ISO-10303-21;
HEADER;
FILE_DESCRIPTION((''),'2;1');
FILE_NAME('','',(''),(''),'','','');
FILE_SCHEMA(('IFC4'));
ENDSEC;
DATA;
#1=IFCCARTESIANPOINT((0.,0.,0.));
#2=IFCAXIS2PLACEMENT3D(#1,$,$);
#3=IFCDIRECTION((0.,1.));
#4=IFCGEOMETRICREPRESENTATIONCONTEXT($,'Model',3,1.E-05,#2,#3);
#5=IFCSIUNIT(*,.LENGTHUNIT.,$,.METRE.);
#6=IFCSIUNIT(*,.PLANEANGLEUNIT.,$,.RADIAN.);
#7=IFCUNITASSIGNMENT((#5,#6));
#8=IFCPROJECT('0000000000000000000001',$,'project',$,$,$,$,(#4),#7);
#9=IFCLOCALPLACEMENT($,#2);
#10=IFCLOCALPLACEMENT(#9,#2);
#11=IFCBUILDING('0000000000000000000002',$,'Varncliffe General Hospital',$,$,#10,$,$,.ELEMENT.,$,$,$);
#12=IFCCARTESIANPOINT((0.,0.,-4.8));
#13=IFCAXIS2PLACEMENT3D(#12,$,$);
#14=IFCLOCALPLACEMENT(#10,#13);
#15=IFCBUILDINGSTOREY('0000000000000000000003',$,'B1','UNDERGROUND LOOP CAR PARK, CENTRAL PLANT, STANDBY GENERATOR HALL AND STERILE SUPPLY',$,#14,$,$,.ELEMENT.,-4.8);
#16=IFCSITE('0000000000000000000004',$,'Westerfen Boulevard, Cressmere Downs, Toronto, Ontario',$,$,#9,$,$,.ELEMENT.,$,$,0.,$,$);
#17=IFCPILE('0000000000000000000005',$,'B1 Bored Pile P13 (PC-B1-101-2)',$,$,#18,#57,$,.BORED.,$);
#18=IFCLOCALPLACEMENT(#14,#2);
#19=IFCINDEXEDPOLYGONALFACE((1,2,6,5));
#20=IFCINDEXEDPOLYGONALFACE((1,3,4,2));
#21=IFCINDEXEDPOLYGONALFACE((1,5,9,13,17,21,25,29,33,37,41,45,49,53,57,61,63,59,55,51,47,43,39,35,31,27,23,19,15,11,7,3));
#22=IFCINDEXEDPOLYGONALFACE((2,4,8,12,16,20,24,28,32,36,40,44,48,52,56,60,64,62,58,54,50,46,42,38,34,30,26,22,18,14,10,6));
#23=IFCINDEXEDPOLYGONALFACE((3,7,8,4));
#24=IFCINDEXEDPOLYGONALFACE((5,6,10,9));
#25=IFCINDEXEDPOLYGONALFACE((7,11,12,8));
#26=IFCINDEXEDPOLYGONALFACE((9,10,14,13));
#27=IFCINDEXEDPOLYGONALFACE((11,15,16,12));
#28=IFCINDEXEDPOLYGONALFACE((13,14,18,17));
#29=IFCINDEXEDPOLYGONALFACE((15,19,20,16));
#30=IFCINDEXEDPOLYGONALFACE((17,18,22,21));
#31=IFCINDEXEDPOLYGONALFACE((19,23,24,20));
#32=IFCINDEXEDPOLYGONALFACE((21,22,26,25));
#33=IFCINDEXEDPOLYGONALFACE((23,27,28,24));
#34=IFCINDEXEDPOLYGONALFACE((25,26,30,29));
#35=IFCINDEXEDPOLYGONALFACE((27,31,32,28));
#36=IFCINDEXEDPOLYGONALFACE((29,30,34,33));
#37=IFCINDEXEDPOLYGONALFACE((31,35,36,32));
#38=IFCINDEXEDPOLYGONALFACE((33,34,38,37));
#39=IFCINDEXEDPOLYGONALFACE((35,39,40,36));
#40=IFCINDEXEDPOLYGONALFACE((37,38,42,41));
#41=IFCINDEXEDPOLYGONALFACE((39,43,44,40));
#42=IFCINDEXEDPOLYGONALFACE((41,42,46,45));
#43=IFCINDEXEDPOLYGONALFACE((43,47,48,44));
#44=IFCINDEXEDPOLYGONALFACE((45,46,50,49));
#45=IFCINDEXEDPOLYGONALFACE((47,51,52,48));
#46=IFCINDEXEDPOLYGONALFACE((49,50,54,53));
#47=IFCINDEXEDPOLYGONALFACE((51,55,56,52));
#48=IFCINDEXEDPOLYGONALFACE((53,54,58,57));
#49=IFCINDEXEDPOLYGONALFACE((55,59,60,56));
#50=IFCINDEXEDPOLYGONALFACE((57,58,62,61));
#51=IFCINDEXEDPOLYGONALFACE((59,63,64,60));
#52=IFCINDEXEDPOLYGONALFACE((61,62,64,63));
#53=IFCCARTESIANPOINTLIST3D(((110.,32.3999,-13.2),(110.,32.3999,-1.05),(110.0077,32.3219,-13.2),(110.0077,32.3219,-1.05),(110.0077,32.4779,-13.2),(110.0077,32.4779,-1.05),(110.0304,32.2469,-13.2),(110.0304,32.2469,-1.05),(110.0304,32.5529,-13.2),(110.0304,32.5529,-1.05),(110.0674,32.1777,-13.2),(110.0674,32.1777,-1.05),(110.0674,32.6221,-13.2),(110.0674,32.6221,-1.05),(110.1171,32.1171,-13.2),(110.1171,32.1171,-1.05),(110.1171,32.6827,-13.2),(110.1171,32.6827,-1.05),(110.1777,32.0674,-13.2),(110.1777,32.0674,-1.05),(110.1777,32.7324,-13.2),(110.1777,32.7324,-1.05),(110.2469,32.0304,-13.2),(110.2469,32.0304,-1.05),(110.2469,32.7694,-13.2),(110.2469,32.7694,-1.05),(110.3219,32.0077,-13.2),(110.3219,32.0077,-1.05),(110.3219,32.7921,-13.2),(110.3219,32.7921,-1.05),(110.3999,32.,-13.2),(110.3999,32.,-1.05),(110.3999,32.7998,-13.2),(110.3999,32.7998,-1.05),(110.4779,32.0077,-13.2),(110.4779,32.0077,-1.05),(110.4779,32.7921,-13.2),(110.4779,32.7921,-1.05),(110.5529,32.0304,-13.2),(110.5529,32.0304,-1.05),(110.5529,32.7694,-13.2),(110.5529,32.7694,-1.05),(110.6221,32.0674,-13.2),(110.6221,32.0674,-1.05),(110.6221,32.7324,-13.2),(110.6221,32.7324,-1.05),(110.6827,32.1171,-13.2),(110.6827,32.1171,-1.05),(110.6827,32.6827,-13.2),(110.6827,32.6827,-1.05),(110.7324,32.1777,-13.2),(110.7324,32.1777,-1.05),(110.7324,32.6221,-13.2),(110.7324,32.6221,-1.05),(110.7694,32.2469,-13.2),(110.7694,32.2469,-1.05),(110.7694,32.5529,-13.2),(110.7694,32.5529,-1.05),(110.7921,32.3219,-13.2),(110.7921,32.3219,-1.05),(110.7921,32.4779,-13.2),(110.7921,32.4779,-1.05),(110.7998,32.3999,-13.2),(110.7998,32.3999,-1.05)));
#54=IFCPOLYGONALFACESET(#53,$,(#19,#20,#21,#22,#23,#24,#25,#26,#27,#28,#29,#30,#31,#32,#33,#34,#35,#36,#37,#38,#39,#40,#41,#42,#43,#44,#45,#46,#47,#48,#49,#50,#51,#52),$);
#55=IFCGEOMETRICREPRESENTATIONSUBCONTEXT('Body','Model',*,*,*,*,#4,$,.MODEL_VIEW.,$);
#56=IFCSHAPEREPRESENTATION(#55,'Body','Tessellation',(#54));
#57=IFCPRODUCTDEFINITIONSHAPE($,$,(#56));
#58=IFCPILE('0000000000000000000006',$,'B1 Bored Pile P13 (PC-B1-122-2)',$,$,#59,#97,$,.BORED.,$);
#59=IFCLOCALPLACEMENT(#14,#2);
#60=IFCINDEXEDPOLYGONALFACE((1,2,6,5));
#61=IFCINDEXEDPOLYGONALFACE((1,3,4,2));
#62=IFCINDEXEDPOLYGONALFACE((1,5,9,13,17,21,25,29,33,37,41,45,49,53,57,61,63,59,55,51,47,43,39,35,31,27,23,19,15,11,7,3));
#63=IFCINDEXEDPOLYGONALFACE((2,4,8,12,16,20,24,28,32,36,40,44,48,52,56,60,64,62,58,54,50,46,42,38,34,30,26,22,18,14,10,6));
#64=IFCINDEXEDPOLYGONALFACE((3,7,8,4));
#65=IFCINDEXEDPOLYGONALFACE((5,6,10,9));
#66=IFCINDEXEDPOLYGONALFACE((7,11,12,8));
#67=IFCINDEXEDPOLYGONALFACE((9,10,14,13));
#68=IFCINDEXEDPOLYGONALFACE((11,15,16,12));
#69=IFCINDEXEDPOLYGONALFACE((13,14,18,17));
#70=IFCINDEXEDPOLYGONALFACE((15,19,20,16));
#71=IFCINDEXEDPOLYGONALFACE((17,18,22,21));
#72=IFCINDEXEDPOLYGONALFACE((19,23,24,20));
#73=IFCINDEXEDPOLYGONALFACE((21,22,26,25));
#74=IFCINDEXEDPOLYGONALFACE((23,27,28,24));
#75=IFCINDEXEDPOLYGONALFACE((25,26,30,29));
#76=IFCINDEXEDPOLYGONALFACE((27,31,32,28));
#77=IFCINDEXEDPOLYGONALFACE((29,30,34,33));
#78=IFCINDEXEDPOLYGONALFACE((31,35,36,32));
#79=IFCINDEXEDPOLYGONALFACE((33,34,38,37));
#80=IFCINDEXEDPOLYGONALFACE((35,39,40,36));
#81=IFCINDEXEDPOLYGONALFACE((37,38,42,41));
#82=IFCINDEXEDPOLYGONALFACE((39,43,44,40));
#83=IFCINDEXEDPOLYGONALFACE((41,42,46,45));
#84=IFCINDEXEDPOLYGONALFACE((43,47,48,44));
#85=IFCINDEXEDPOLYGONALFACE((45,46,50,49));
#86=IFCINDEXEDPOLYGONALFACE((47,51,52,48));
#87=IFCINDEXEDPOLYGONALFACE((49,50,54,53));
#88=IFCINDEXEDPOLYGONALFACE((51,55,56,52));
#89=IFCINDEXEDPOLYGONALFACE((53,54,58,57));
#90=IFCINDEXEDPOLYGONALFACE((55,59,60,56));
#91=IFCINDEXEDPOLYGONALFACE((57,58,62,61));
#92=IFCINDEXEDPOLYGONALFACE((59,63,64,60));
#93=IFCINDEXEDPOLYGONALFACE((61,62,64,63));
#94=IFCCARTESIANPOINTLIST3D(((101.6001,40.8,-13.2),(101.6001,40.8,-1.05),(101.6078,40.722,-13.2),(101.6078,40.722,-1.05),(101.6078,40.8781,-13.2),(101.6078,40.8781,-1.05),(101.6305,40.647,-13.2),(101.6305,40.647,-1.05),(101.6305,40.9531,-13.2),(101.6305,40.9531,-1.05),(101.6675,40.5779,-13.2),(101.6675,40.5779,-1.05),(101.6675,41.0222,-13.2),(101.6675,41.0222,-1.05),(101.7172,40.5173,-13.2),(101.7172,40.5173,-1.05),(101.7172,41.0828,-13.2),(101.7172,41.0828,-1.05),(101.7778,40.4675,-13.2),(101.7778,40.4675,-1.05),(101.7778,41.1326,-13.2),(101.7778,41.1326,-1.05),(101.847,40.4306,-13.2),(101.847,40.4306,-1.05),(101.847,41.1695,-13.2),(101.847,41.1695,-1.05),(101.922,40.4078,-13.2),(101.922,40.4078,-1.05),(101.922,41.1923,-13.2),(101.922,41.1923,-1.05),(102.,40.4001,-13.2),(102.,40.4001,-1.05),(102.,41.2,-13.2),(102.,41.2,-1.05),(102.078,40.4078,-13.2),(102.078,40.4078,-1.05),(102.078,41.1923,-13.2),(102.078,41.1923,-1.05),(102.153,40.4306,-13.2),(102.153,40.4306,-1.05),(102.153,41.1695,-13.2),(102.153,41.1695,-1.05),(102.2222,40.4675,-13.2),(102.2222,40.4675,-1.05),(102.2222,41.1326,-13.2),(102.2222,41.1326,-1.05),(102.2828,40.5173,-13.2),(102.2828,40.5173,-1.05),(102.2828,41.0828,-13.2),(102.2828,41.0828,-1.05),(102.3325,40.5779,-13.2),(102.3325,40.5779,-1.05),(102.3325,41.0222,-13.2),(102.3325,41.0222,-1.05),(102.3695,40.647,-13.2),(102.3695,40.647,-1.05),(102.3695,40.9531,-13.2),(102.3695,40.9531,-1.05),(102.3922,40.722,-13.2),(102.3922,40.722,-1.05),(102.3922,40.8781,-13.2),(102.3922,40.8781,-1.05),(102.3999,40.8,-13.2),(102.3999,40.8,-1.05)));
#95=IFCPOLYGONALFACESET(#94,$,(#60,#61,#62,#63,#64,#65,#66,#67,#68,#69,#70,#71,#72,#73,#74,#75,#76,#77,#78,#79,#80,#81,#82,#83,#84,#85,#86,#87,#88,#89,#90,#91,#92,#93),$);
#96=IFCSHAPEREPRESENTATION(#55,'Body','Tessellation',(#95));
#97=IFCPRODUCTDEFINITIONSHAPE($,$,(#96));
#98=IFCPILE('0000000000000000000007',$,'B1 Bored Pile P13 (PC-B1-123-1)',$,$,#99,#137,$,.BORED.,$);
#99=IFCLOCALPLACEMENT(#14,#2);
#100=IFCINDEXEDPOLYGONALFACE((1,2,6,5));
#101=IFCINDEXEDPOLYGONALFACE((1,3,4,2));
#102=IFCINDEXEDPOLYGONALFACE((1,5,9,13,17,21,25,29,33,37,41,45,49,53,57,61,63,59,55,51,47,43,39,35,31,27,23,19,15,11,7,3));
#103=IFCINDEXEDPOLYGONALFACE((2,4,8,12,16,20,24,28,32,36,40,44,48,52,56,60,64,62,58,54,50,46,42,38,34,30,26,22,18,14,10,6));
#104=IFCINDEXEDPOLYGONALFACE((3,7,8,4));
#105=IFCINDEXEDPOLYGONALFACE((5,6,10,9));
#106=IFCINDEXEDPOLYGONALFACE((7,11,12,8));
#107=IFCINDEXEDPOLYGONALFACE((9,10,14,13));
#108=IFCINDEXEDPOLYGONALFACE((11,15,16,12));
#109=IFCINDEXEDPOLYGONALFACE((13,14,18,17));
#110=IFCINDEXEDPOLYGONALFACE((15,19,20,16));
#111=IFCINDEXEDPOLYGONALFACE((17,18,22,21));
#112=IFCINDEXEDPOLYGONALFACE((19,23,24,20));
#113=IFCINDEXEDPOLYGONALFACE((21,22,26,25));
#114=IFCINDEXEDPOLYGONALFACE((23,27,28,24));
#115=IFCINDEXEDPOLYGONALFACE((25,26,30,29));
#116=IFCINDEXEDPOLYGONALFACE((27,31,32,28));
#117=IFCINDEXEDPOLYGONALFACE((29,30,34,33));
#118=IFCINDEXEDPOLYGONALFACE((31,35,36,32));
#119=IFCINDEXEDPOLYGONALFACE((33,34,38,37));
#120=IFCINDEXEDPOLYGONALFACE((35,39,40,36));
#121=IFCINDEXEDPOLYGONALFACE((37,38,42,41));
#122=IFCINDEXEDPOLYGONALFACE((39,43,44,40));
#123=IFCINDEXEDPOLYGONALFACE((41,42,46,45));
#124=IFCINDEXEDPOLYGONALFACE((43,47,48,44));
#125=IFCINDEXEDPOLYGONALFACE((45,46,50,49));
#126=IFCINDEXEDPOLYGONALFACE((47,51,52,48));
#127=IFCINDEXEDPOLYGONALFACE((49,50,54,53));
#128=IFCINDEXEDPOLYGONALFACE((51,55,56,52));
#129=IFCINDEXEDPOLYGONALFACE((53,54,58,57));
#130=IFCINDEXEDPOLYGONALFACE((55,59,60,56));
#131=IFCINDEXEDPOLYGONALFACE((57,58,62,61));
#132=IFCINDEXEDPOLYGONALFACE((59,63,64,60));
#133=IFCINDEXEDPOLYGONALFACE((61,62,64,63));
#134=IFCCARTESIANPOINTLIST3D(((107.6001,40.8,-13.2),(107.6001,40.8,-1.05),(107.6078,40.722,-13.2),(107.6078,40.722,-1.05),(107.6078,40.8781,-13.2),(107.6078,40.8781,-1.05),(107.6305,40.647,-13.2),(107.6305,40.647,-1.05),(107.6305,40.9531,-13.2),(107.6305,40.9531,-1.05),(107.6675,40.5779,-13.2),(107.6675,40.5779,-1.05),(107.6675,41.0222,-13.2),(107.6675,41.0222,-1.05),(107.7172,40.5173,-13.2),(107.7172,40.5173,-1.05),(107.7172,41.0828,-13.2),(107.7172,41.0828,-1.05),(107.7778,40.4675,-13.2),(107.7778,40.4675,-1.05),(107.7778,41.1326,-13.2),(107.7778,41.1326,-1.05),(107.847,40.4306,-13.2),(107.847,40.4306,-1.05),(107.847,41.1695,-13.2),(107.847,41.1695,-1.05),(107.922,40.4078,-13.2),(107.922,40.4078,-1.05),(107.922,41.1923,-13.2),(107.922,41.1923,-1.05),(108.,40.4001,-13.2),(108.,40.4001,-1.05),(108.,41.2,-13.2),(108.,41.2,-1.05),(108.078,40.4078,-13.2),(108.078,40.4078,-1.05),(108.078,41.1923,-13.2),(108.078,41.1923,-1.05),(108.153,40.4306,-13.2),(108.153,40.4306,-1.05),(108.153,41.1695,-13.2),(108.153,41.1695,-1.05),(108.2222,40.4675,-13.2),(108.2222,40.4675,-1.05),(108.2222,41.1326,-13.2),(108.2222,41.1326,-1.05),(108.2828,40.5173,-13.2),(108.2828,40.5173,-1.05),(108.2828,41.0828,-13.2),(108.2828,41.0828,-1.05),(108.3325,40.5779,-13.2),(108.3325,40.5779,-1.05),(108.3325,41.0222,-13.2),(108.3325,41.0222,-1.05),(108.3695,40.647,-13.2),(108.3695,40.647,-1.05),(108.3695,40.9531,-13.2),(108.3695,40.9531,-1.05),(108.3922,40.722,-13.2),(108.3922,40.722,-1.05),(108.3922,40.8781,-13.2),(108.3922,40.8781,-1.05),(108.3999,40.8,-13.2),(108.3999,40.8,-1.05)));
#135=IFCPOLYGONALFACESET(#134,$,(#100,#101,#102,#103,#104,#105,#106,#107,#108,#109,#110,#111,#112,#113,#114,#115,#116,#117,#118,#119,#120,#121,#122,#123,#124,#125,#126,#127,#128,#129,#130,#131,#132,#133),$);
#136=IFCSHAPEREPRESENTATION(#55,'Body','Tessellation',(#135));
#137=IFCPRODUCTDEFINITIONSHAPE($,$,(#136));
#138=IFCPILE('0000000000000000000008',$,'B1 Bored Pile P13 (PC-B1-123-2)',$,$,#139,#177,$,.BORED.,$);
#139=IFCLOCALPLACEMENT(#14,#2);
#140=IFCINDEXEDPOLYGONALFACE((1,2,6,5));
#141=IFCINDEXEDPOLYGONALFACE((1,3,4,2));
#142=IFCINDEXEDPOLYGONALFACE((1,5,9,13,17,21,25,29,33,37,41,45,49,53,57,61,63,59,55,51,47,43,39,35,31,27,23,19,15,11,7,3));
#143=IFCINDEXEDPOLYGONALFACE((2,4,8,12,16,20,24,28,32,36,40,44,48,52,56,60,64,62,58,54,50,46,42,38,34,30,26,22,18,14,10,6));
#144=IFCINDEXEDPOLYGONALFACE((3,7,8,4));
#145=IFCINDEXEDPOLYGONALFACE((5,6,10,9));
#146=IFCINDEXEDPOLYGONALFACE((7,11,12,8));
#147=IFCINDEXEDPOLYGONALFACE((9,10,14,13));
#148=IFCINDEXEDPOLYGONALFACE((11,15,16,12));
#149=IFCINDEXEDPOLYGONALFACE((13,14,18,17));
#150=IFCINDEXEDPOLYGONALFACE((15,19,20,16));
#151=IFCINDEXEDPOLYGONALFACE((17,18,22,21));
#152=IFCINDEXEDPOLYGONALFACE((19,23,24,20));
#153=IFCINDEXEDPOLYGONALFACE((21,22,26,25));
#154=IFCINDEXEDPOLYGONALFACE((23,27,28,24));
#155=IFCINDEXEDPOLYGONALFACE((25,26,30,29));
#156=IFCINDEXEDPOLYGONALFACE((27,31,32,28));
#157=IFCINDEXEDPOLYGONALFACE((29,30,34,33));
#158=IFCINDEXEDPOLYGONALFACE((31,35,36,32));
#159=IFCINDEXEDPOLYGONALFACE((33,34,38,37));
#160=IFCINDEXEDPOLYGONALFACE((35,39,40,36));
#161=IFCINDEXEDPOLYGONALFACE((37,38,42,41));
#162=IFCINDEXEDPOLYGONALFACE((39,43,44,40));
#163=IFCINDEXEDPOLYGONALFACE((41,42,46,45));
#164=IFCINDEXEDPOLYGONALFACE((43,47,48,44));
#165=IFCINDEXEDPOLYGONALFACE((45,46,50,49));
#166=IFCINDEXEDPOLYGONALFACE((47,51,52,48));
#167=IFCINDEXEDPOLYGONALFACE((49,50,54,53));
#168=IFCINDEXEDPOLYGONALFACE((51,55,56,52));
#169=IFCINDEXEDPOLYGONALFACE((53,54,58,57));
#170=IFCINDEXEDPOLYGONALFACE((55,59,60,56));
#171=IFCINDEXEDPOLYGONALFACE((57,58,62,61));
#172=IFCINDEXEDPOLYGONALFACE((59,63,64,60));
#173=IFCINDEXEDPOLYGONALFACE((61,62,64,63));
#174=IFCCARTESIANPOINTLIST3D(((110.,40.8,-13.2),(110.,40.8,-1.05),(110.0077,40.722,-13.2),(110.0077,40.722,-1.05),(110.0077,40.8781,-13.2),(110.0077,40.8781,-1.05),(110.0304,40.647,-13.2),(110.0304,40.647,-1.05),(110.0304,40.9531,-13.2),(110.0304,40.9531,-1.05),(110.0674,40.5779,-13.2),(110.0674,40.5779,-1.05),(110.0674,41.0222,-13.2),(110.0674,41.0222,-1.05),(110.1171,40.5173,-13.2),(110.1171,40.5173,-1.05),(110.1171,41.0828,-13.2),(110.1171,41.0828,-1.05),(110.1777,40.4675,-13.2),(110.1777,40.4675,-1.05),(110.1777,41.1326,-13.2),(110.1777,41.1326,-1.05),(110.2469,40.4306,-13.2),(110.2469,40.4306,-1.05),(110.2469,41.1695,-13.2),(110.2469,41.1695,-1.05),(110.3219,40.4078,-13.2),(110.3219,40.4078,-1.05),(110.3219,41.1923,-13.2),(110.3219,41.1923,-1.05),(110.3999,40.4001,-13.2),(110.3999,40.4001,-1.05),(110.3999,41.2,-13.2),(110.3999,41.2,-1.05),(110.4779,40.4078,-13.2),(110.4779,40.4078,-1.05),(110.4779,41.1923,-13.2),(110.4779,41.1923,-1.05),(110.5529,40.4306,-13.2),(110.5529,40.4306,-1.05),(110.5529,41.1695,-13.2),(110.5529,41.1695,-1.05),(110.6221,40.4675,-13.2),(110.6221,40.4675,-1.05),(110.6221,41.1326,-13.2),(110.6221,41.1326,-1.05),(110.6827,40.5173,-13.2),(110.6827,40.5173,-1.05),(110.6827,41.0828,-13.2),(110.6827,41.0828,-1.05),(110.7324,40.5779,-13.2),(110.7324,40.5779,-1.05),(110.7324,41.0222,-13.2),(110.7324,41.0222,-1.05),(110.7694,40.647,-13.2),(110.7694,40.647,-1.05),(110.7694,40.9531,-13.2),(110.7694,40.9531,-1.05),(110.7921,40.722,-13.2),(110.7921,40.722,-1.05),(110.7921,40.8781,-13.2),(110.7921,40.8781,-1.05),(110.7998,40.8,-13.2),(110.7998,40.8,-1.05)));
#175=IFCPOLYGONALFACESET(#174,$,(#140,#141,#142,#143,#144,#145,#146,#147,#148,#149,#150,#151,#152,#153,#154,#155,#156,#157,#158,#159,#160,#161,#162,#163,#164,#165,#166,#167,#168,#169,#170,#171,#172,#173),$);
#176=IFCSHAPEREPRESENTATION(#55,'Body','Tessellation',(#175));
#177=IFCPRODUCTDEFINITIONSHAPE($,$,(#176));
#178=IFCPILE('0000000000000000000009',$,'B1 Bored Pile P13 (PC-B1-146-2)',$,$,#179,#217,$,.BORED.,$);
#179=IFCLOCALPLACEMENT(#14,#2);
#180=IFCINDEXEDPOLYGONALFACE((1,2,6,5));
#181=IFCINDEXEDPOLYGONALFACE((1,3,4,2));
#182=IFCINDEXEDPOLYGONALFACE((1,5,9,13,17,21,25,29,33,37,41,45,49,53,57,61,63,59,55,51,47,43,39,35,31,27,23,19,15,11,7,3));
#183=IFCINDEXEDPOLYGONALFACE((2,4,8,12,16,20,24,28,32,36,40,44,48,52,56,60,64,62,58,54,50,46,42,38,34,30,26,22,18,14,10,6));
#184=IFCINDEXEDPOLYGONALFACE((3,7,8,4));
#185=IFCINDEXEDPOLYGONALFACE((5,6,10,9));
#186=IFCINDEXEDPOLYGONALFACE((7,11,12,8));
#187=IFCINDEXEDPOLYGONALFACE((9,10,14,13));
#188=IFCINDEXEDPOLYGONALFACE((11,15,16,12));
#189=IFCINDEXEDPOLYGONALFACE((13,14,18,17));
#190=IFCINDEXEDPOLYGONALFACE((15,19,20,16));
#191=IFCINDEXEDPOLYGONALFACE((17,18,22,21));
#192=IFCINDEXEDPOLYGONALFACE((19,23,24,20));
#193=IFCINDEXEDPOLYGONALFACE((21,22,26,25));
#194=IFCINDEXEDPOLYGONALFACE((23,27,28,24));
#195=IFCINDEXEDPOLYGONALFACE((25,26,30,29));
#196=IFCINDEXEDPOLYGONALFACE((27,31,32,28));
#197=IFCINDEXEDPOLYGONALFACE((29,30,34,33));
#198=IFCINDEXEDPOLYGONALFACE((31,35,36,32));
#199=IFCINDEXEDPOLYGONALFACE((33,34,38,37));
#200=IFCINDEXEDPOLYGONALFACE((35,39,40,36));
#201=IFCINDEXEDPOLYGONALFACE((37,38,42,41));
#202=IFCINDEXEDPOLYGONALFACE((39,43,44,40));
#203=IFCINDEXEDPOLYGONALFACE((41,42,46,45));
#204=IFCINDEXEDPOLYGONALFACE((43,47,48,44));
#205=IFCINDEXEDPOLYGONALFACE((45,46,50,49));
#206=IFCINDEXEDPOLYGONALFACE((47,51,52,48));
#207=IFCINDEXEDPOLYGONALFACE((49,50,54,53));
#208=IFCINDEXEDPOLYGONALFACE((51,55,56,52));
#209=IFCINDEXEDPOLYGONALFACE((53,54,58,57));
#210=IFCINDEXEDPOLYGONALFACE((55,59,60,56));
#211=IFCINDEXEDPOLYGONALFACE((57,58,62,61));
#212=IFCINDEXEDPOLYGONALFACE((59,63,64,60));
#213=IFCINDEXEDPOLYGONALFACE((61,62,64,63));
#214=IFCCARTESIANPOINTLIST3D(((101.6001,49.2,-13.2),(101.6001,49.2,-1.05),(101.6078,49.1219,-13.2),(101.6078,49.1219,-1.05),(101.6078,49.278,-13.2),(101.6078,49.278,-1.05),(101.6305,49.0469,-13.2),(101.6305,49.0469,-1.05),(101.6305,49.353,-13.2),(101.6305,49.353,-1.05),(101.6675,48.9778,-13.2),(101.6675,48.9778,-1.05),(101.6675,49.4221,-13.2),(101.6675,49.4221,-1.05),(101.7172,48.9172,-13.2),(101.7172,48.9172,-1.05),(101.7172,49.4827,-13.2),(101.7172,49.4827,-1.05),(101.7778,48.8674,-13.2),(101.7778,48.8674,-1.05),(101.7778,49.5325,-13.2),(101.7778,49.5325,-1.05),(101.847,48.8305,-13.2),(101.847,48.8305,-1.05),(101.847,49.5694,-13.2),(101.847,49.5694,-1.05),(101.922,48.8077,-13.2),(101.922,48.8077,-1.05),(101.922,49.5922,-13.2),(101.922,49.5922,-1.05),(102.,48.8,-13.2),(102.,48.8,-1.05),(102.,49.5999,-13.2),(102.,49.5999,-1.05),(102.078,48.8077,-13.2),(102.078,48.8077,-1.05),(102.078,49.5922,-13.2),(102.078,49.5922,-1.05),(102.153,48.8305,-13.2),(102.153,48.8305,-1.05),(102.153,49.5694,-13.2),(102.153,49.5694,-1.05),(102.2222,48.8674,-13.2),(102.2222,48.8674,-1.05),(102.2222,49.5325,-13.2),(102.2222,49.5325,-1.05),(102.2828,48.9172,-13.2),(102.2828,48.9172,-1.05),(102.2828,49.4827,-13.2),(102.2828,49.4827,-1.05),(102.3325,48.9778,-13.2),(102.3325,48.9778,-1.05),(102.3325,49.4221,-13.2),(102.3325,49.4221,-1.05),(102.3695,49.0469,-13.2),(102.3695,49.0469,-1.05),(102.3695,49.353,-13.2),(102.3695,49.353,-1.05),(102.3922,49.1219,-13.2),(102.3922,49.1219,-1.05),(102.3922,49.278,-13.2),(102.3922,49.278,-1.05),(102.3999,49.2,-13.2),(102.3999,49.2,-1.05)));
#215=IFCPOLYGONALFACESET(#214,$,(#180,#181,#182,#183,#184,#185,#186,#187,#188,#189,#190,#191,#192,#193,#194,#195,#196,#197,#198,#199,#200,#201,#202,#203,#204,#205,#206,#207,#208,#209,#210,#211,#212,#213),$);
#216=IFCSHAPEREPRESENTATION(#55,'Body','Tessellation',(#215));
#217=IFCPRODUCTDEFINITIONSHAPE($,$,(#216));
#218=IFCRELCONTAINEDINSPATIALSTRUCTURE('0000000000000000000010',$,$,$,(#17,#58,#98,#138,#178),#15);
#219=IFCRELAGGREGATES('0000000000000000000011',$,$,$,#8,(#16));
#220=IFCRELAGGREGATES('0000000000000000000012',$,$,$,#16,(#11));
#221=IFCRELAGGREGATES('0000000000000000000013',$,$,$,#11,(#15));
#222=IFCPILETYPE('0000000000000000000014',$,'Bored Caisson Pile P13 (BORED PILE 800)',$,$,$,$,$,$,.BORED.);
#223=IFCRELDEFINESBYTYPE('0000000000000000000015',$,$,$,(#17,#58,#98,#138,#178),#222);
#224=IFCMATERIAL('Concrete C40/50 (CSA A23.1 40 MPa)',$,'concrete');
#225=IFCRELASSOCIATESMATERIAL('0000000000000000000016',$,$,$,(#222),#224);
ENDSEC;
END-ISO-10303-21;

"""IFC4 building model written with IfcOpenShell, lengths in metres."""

from ifc_helpers import new_model, si_unit, direction, frame, origin, origin_2d, place, context, subcontext, project, spatial, circle, extrude, material, material_profile, profile_set, type_object, element, save


model = new_model("IFC4")

# Units and contexts
model_context = context("Model", 3, precision=1e-05, world=origin(), true_north=direction((0.0, 1.0)))
body_context = subcontext(model_context, "Body", "Model", "MODEL_VIEW")
ifc_project = project(units=[si_unit("LENGTHUNIT", "METRE"), si_unit("PLANEANGLEUNIT", "RADIAN")], contexts=[model_context])

# Site, building, storey
site_placement = place(None, origin())
site = spatial("IfcSite", under=ifc_project, at=site_placement, Name="Westerfen Boulevard, Cressmere Downs, Toronto, Ontario", CompositionType="ELEMENT", RefElevation=0.0)
building_placement = place(site_placement, origin())
building = spatial("IfcBuilding", under=site, at=building_placement, Name="Varncliffe General Hospital", CompositionType="ELEMENT")
storey_placement = place(building_placement, frame((0.0, 0.0, -4.8)))
storey = spatial("IfcBuildingStorey", under=building, at=storey_placement, Name="B1", Description="UNDERGROUND LOOP CAR PARK, CENTRAL PLANT, STANDBY GENERATOR HALL AND STERILE SUPPLY", CompositionType="ELEMENT", Elevation=-4.8)

# Piles
ifc_material_1 = material(Name="Concrete C40/50 (CSA A23.1 40 MPa)", Category="concrete")
ifc_material_profile_1 = material_profile(ifc_material_1, circle(Radius=0.3999, at=origin_2d()), Name="BORED PILE 800")
ifc_profile_set_1 = profile_set([ifc_material_profile_1], Name="Concrete C40/50 (CSA A23.1 40 MPa)")
pile_type = type_object("IfcPileType", Name="Bored Caisson Pile P13 (BORED PILE 800)", PredefinedType="BORED", material=ifc_profile_set_1)
for number, where, z_axis, x_axis, name in (
    (1, (110.3999, 32.3999, -1.05), (0.0, 0.0, -1.0), (1.0, 0.0, 0.0), "B1 Bored Pile P13 (PC-B1-101-2)"),
    (2, (102.0, 40.8, -1.05), (0.0, 0.0, -1.0), (1.0, 0.0, 0.0), "B1 Bored Pile P13 (PC-B1-122-2)"),
    (3, (108.0, 40.8, -1.05), (0.0, 0.0, -1.0), (1.0, 0.0, 0.0), "B1 Bored Pile P13 (PC-B1-123-1)"),
    (4, (110.3999, 40.8, -1.05), (0.0, 0.0, -1.0), (1.0, 0.0, 0.0), "B1 Bored Pile P13 (PC-B1-123-2)"),
    (5, (102.0, 49.2, -1.05), (0.0, 0.0, -1.0), (1.0, 0.0, 0.0), "B1 Bored Pile P13 (PC-B1-146-2)"),
):
    element("IfcPile", number, at=place(storey_placement, frame(where, z_axis=z_axis, x_axis=x_axis)), inside=storey, type_object=pile_type, Name=name, PredefinedType="BORED", context=body_context, shape_type="SweptSolid", body=[
        extrude(circle(Radius=0.3999, at=origin_2d()), origin(), (0.0, 0.0, 1.0), 12.1499),
    ])

save(model, "model.ifc")
